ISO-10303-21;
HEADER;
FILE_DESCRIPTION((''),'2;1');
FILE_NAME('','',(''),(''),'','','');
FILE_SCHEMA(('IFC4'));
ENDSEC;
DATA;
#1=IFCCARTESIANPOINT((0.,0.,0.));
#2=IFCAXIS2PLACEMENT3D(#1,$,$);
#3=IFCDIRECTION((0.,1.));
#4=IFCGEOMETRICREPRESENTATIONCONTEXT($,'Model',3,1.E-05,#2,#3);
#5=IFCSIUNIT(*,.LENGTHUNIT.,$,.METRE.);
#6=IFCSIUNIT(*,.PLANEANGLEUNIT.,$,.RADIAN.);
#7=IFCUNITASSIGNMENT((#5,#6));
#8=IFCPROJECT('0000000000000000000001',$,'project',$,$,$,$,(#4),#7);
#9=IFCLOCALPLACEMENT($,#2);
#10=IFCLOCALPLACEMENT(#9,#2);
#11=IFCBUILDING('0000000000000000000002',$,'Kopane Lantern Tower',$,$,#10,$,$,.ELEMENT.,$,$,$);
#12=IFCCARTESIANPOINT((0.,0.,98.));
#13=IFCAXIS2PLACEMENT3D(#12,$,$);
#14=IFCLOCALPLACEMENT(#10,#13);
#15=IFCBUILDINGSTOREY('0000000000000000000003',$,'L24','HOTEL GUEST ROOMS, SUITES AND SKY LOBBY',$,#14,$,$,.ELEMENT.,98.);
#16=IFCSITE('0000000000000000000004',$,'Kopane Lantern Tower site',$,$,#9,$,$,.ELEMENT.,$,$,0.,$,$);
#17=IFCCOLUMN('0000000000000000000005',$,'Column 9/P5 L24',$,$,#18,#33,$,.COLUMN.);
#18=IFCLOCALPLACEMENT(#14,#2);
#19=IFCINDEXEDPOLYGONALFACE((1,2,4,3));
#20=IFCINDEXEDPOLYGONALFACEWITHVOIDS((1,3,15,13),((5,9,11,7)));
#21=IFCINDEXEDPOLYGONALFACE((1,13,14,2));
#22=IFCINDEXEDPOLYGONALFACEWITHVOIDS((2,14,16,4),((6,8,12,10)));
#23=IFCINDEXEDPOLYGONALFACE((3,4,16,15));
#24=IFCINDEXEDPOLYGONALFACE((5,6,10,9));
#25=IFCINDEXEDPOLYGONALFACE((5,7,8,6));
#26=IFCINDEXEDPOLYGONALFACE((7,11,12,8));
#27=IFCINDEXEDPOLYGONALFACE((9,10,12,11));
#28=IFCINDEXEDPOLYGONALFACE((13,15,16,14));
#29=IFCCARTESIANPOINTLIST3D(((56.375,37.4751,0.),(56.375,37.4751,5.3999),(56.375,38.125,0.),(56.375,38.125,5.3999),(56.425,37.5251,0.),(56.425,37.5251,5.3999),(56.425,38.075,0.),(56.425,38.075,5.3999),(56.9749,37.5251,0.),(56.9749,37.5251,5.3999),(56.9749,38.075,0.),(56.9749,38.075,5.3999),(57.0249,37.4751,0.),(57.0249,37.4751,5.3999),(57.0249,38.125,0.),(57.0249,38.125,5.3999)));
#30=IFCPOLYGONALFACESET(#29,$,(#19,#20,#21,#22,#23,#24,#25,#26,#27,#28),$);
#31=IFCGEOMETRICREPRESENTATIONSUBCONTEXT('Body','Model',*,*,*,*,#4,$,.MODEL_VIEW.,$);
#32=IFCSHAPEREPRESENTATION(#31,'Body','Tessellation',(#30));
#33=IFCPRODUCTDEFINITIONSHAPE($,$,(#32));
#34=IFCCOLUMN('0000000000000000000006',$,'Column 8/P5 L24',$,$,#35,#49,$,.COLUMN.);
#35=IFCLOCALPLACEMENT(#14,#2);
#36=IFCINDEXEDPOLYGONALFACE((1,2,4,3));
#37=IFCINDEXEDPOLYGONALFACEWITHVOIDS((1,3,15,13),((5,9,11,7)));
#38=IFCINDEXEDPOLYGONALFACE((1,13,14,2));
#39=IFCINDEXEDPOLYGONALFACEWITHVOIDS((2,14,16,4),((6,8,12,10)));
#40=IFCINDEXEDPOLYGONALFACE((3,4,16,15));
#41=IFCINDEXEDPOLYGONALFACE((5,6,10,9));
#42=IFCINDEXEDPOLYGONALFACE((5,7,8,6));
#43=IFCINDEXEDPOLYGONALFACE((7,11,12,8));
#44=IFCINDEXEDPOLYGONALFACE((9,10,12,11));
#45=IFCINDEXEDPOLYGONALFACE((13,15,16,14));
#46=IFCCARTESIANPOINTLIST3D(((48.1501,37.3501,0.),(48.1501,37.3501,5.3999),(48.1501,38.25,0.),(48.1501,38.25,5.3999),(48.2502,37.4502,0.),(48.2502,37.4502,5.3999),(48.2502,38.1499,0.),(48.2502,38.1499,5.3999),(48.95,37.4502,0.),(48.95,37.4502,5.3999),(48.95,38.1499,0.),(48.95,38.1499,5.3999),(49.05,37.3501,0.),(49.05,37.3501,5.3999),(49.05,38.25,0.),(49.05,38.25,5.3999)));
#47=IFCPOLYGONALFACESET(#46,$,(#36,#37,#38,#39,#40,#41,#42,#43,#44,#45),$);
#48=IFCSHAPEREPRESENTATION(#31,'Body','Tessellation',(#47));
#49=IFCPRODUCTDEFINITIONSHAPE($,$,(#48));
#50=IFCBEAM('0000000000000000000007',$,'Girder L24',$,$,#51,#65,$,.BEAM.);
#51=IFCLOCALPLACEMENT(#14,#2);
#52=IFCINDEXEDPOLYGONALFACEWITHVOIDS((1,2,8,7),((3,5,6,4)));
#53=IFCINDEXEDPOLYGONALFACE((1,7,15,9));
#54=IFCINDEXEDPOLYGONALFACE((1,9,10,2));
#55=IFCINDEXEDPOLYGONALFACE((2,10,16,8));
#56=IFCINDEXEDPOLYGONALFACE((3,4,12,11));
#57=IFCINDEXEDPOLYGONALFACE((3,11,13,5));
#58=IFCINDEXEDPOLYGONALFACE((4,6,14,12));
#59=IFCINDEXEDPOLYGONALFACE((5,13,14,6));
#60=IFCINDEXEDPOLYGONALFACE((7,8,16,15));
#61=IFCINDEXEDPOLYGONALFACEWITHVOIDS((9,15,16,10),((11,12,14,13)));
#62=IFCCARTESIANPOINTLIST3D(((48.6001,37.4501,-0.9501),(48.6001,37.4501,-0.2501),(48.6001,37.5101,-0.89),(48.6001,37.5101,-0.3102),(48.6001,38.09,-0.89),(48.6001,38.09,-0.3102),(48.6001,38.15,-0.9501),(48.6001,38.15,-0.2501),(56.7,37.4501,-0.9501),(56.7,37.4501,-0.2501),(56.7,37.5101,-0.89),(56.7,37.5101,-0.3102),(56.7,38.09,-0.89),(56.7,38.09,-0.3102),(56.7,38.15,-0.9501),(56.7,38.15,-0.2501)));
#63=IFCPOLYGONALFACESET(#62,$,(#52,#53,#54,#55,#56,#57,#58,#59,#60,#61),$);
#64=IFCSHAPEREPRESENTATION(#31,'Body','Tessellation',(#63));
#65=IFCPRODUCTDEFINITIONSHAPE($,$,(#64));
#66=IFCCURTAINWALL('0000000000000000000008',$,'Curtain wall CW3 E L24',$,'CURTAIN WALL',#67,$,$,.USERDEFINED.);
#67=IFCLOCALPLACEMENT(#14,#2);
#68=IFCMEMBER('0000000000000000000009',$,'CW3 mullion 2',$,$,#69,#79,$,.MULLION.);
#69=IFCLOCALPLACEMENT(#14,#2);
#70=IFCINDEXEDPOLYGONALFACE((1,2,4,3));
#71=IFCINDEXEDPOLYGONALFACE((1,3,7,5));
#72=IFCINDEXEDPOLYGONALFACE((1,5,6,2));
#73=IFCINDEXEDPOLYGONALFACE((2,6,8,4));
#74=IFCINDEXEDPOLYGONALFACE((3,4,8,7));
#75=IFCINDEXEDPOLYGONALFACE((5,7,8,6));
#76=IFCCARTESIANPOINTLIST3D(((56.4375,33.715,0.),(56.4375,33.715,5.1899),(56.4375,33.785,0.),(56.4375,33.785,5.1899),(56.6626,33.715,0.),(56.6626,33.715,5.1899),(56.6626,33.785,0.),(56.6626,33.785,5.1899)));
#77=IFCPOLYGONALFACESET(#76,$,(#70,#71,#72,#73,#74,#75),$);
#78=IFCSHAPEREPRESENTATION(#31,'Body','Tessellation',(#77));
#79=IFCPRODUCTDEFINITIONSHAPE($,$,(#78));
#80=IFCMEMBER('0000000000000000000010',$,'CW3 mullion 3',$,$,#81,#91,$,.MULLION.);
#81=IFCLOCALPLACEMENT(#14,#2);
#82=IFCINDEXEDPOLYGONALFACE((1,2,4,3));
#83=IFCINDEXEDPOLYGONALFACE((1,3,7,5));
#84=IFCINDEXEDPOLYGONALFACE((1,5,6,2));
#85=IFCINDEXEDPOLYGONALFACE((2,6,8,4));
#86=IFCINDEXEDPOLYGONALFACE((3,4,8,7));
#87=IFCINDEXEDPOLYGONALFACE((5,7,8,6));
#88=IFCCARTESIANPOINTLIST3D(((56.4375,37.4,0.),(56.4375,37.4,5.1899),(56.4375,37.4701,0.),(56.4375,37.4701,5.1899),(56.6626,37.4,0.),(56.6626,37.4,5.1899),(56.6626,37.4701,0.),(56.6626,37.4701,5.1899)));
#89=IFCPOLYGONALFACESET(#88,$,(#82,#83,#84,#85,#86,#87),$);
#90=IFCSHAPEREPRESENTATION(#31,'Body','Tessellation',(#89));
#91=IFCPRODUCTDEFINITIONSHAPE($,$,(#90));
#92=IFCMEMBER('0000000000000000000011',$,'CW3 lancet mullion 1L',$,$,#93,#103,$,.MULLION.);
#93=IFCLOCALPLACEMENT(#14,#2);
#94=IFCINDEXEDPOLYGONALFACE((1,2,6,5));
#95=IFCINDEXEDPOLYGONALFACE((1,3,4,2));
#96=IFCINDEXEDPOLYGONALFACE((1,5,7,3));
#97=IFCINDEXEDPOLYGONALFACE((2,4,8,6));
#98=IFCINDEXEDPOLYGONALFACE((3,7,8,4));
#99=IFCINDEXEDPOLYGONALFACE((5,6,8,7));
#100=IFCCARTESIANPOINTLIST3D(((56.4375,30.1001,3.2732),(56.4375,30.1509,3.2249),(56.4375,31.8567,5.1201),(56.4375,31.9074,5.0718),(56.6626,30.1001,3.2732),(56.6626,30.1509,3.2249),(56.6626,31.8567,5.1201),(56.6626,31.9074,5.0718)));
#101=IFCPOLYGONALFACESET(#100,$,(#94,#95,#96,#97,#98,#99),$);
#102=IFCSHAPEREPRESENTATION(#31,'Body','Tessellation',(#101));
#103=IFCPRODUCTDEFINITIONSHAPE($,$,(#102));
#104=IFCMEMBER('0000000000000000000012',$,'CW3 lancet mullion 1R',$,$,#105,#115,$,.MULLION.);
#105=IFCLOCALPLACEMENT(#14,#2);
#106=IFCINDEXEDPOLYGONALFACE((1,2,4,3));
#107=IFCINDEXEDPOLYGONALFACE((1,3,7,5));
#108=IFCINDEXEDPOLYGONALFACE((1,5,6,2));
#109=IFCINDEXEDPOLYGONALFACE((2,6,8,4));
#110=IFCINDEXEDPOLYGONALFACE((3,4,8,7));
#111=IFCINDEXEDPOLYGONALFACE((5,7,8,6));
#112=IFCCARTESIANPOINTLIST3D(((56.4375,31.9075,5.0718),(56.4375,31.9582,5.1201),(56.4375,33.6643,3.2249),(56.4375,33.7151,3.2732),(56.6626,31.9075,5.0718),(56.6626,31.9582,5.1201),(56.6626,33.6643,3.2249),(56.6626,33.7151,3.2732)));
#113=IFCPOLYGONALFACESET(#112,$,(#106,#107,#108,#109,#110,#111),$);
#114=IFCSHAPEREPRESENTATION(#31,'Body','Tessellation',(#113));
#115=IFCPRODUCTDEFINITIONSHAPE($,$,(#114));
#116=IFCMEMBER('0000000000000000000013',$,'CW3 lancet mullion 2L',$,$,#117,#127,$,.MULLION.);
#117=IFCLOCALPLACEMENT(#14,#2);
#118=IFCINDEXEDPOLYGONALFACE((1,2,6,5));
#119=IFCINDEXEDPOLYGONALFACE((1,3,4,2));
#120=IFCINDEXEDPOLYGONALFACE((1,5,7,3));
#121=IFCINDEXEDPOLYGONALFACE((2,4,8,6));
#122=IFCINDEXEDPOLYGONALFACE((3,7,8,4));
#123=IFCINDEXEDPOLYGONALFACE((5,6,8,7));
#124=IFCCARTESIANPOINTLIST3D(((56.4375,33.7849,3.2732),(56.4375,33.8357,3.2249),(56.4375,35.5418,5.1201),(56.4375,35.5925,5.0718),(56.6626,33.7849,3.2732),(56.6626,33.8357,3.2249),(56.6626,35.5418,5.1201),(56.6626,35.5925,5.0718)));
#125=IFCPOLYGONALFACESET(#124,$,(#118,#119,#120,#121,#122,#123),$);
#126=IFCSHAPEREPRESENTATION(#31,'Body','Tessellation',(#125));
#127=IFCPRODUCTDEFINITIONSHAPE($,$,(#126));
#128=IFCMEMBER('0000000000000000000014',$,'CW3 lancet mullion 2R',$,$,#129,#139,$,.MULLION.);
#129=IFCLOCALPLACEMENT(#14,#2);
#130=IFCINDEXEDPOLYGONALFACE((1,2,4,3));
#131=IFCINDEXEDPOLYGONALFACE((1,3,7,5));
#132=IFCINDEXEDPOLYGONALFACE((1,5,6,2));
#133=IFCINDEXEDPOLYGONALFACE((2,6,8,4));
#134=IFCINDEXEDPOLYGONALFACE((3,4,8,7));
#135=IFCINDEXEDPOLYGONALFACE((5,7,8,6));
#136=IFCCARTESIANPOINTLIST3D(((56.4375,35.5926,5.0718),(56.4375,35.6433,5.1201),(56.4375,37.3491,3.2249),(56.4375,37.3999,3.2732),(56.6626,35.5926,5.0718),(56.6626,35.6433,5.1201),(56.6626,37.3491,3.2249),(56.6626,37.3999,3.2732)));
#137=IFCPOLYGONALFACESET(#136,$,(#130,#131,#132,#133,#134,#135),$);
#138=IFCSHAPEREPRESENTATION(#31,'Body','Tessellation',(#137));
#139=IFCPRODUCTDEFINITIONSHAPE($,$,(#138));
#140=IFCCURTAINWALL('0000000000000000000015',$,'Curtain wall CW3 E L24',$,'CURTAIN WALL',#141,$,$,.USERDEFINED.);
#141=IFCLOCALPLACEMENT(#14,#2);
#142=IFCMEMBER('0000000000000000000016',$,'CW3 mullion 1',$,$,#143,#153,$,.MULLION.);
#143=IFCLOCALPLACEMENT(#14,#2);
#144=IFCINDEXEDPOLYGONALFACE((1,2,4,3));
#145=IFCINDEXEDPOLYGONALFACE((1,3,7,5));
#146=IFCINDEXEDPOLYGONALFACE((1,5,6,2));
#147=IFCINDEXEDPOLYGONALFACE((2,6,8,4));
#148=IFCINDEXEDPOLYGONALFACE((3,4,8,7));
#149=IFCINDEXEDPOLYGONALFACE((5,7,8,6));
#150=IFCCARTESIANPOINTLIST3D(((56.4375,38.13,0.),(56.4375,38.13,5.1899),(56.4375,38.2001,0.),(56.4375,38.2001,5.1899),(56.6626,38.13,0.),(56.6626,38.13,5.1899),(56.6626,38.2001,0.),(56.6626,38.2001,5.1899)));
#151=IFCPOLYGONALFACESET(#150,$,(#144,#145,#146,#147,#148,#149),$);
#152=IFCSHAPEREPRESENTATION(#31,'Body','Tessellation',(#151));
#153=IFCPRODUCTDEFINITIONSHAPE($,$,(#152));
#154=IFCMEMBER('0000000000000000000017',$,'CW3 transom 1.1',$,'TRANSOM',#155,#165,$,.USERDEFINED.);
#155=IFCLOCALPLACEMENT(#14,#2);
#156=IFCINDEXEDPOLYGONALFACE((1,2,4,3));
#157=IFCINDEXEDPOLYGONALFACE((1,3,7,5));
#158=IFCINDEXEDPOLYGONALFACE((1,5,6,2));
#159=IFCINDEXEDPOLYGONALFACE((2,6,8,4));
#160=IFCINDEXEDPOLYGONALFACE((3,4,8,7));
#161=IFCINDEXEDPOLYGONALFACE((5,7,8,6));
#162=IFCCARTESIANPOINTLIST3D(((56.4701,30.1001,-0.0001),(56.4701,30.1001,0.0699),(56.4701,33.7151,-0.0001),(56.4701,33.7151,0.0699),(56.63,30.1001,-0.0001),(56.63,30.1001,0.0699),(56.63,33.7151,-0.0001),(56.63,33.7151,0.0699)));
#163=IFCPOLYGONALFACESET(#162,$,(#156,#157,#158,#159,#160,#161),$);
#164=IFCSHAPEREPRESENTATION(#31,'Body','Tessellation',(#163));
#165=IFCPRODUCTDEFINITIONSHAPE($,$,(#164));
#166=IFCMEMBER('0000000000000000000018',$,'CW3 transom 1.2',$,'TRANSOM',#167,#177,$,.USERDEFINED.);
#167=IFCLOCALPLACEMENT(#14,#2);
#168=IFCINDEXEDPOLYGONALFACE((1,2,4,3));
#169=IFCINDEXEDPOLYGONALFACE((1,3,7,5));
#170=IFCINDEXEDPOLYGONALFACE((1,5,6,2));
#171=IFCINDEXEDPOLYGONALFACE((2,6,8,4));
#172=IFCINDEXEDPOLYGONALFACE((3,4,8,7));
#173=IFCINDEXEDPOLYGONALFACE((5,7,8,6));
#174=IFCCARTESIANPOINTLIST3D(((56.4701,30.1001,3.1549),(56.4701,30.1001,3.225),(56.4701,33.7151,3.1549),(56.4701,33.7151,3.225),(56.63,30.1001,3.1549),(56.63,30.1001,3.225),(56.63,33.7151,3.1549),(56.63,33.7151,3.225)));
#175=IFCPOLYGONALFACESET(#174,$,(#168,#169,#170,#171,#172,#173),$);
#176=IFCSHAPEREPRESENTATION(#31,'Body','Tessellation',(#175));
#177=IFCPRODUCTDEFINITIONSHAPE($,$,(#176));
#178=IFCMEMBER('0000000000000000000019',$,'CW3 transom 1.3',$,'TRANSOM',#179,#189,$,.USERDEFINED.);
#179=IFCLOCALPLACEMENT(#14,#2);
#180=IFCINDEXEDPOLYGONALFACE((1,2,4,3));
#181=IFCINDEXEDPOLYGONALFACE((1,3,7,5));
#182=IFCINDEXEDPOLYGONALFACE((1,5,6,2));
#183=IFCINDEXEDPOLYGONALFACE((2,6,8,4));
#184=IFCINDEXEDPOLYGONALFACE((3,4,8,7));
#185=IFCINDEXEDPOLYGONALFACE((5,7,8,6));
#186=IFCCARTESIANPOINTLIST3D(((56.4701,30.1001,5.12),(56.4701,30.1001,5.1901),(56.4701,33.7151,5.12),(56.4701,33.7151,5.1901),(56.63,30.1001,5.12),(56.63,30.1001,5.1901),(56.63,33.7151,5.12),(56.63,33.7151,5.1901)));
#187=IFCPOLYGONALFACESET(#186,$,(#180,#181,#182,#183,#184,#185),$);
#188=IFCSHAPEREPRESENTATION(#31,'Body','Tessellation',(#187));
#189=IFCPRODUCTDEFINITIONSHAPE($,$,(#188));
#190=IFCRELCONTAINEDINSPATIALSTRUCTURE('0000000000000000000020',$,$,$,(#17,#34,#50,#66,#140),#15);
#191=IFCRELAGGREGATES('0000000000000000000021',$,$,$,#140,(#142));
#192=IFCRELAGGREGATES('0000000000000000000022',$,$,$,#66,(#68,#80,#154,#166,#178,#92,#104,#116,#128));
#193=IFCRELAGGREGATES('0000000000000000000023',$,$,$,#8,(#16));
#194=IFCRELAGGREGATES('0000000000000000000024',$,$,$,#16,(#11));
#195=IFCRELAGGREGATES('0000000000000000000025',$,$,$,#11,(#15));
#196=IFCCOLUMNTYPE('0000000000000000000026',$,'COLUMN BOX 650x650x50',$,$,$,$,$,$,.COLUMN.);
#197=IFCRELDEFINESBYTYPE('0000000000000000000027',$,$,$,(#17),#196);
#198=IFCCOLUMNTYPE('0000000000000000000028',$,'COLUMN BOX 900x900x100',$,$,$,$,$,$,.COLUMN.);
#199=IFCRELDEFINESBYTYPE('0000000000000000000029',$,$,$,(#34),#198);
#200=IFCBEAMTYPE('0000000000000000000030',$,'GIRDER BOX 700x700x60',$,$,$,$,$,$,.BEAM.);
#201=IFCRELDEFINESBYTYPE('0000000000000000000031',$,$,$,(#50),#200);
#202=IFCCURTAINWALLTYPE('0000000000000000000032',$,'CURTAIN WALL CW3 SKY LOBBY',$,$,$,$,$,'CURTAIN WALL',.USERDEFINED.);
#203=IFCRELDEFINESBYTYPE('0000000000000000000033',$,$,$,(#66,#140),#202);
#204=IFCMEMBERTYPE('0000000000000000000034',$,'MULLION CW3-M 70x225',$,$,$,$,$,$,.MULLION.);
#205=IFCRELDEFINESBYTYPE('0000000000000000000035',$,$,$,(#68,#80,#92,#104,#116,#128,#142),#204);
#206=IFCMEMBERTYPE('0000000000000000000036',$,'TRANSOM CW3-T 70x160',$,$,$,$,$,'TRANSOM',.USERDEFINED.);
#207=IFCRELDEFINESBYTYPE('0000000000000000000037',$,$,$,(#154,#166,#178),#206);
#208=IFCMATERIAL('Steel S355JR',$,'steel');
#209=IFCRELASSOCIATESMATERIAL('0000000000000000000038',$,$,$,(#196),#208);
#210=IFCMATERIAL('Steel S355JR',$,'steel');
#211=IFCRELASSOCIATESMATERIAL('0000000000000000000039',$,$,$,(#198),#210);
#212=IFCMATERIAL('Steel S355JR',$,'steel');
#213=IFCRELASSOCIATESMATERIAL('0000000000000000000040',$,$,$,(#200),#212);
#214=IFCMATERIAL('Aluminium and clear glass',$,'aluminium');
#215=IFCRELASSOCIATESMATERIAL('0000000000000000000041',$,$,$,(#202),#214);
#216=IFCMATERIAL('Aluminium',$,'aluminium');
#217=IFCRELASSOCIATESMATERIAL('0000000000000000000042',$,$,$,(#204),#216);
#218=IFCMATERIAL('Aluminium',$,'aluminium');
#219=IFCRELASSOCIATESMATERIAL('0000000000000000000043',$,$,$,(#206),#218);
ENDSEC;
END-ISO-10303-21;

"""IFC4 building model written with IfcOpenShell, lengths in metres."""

from ifc_helpers import new_model, si_unit, direction, frame, origin, origin_2d, place, context, subcontext, project, spatial, rectangle, hollow_rectangle, extrude, material, material_profile, profile_set, type_object, element, aggregate, save


model = new_model("IFC4")

# Units and contexts
model_context = context("Model", 3, precision=1e-05, world=origin(), true_north=direction((0.0, 1.0)))
body_context = subcontext(model_context, "Body", "Model", "MODEL_VIEW")
ifc_project = project(units=[si_unit("LENGTHUNIT", "METRE"), si_unit("PLANEANGLEUNIT", "RADIAN")], contexts=[model_context])

# Site, building, storey
site_placement = place(None, origin())
site = spatial("IfcSite", under=ifc_project, at=site_placement, Name="Kopane Lantern Tower site", CompositionType="ELEMENT", RefElevation=0.0)
building_placement = place(site_placement, origin())
building = spatial("IfcBuilding", under=site, at=building_placement, Name="Kopane Lantern Tower", CompositionType="ELEMENT")
storey_placement = place(building_placement, frame((0.0, 0.0, 98.0)))
storey = spatial("IfcBuildingStorey", under=building, at=storey_placement, Name="L24", Description="HOTEL GUEST ROOMS, SUITES AND SKY LOBBY", CompositionType="ELEMENT", Elevation=98.0)

# Columns
ifc_material_1 = material(Name="Steel S355JR", Category="steel")
ifc_material_profile_1 = material_profile(ifc_material_1, hollow_rectangle(XDim=0.6499, YDim=0.6499, WallThickness=0.05, at=origin_2d()), Name="BOX 650x650x50")
ifc_profile_set_1 = profile_set([ifc_material_profile_1], Name="Steel S355JR")
column_type_1 = type_object("IfcColumnType", Name="COLUMN BOX 650x650x50", PredefinedType="COLUMN", material=ifc_profile_set_1)
column_1_placement = place(storey_placement, frame((56.7, 37.8, 0.0), z_axis=(0.0, 0.0, 1.0), x_axis=(1.0, 0.0, 0.0)))
element("IfcColumn", 1, at=column_1_placement, inside=storey, type_object=column_type_1, Name="Column 9/P5 L24", PredefinedType="COLUMN", context=body_context, shape_type="SweptSolid", body=[
    extrude(hollow_rectangle(XDim=0.6499, YDim=0.6499, WallThickness=0.05, at=origin_2d()), origin(), (0.0, 0.0, 1.0), 5.3999),
])
ifc_material_2 = material(Name="Steel S355JR", Category="steel")
ifc_material_profile_2 = material_profile(ifc_material_2, hollow_rectangle(XDim=0.8999, YDim=0.8999, WallThickness=0.1001, at=origin_2d()), Name="BOX 900x900x100")
ifc_profile_set_2 = profile_set([ifc_material_profile_2], Name="Steel S355JR")
column_type_2 = type_object("IfcColumnType", Name="COLUMN BOX 900x900x100", PredefinedType="COLUMN", material=ifc_profile_set_2)
column_2_placement = place(storey_placement, frame((48.6001, 37.8, 0.0), z_axis=(0.0, 0.0, 1.0), x_axis=(1.0, 0.0, 0.0)))
element("IfcColumn", 2, at=column_2_placement, inside=storey, type_object=column_type_2, Name="Column 8/P5 L24", PredefinedType="COLUMN", context=body_context, shape_type="SweptSolid", body=[
    extrude(hollow_rectangle(XDim=0.8999, YDim=0.8999, WallThickness=0.1001, at=origin_2d()), origin(), (0.0, 0.0, 1.0), 5.3999),
])

# Beam
ifc_material_3 = material(Name="Steel S355JR", Category="steel")
ifc_material_profile_3 = material_profile(ifc_material_3, hollow_rectangle(XDim=0.7, YDim=0.7, WallThickness=0.0601, at=origin_2d()), Name="BOX 700x700x60")
ifc_profile_set_3 = profile_set([ifc_material_profile_3], Name="Steel S355JR")
beam_type = type_object("IfcBeamType", Name="GIRDER BOX 700x700x60", PredefinedType="BEAM", material=ifc_profile_set_3)
beam_placement = place(storey_placement, frame((48.6001, 37.8, -0.6001), z_axis=(1.0, 0.0, 0.0), x_axis=(0.0, 1.0, 0.0)))
element("IfcBeam", 3, at=beam_placement, inside=storey, type_object=beam_type, Name="Girder L24", PredefinedType="BEAM", context=body_context, shape_type="SweptSolid", body=[
    extrude(hollow_rectangle(XDim=0.7, YDim=0.7, WallThickness=0.0601, at=origin_2d()), origin(), (0.0, 0.0, 1.0), 8.0999),
])

# Curtain wall, members
ifc_material_4 = material(Name="Aluminium and clear glass", Category="aluminium")
curtain_wall_type = type_object("IfcCurtainWallType", Name="CURTAIN WALL CW3 SKY LOBBY", ElementType="CURTAIN WALL", PredefinedType="USERDEFINED", material=ifc_material_4)
curtain_wall_1_placement = place(storey_placement, origin())
curtain_wall_1 = element("IfcCurtainWall", 4, at=curtain_wall_1_placement, inside=storey, type_object=curtain_wall_type, Name="Curtain wall CW3 E L24", ObjectType="CURTAIN WALL", PredefinedType="USERDEFINED")
ifc_material_5 = material(Name="Aluminium", Category="aluminium")
ifc_material_profile_4 = material_profile(ifc_material_5, rectangle(XDim=0.0701, YDim=0.2251, at=origin_2d()), Name="AL 70x225")
ifc_profile_set_4 = profile_set([ifc_material_profile_4], Name="Aluminium")
member_type_1 = type_object("IfcMemberType", Name="MULLION CW3-M 70x225", PredefinedType="MULLION", material=ifc_profile_set_4)
member_1_placement = place(storey_placement, frame((56.55, 33.75, 0.0), z_axis=(0.0, 0.0, 1.0), x_axis=(0.0, 1.0, 0.0)))
member_1 = element("IfcMember", 5, at=member_1_placement, type_object=member_type_1, Name="CW3 mullion 2", PredefinedType="MULLION", context=body_context, shape_type="SweptSolid", body=[
    extrude(rectangle(XDim=0.0701, YDim=0.2251, at=origin_2d()), origin(), (0.0, 0.0, 1.0), 5.1899),
])
member_2_placement = place(storey_placement, frame((56.55, 37.4351, 0.0), z_axis=(0.0, 0.0, 1.0), x_axis=(0.0, 1.0, 0.0)))
member_2 = element("IfcMember", 6, at=member_2_placement, type_object=member_type_1, Name="CW3 mullion 3", PredefinedType="MULLION", context=body_context, shape_type="SweptSolid", body=[
    extrude(rectangle(XDim=0.0701, YDim=0.2251, at=origin_2d()), origin(), (0.0, 0.0, 1.0), 5.1899),
])
member_3_placement = place(storey_placement, frame((56.55, 30.1255, 3.249), z_axis=(0.0, 0.689165, 0.724605), x_axis=(0.0, -0.724605, 0.689165)))
member_3 = element("IfcMember", 7, at=member_3_placement, type_object=member_type_1, Name="CW3 lancet mullion 1L", PredefinedType="MULLION", context=body_context, shape_type="SweptSolid", body=[
    extrude(rectangle(XDim=0.0701, YDim=0.2251, at=origin_2d()), origin(), (0.0, 0.0, 1.0), 2.5488),
])
member_4_placement = place(storey_placement, frame((56.55, 33.6897, 3.249), z_axis=(0.0, -0.689215, 0.724557), x_axis=(0.0, 0.724557, 0.689215)))
member_4 = element("IfcMember", 8, at=member_4_placement, type_object=member_type_1, Name="CW3 lancet mullion 1R", PredefinedType="MULLION", context=body_context, shape_type="SweptSolid", body=[
    extrude(rectangle(XDim=0.0701, YDim=0.2251, at=origin_2d()), origin(), (0.0, 0.0, 1.0), 2.5491),
])
member_5_placement = place(storey_placement, frame((56.55, 33.8103, 3.249), z_axis=(0.0, 0.689215, 0.724557), x_axis=(0.0, -0.724557, 0.689215)))
member_5 = element("IfcMember", 9, at=member_5_placement, type_object=member_type_1, Name="CW3 lancet mullion 2L", PredefinedType="MULLION", context=body_context, shape_type="SweptSolid", body=[
    extrude(rectangle(XDim=0.0701, YDim=0.2251, at=origin_2d()), origin(), (0.0, 0.0, 1.0), 2.5491),
])
member_6_placement = place(storey_placement, frame((56.55, 37.3745, 3.249), z_axis=(0.0, -0.689165, 0.724605), x_axis=(0.0, 0.724605, 0.689165)))
member_6 = element("IfcMember", 10, at=member_6_placement, type_object=member_type_1, Name="CW3 lancet mullion 2R", PredefinedType="MULLION", context=body_context, shape_type="SweptSolid", body=[
    extrude(rectangle(XDim=0.0701, YDim=0.2251, at=origin_2d()), origin(), (0.0, 0.0, 1.0), 2.5488),
])

# Curtain wall, member
curtain_wall_2_placement = place(storey_placement, origin())
curtain_wall_2 = element("IfcCurtainWall", 11, at=curtain_wall_2_placement, inside=storey, type_object=curtain_wall_type, Name="Curtain wall CW3 E L24", ObjectType="CURTAIN WALL", PredefinedType="USERDEFINED")
member_7_placement = place(storey_placement, frame((56.55, 38.165, 0.0), z_axis=(0.0, 0.0, 1.0), x_axis=(0.0, 1.0, 0.0)))
member_7 = element("IfcMember", 12, at=member_7_placement, type_object=member_type_1, Name="CW3 mullion 1", PredefinedType="MULLION", context=body_context, shape_type="SweptSolid", body=[
    extrude(rectangle(XDim=0.0701, YDim=0.2251, at=origin_2d()), origin(), (0.0, 0.0, 1.0), 5.1899),
])
aggregate(curtain_wall_2, [member_7])

# Members
ifc_material_6 = material(Name="Aluminium", Category="aluminium")
ifc_material_profile_5 = material_profile(ifc_material_6, rectangle(XDim=0.1599, YDim=0.0701, at=origin_2d()), Name="AL 160x70")
ifc_profile_set_5 = profile_set([ifc_material_profile_5], Name="Aluminium")
member_type_2 = type_object("IfcMemberType", Name="TRANSOM CW3-T 70x160", ElementType="TRANSOM", PredefinedType="USERDEFINED", material=ifc_profile_set_5)
member_8_placement = place(storey_placement, frame((56.55, 30.1001, 0.0349), z_axis=(0.0, 1.0, 0.0), x_axis=(-1.0, 0.0, 0.0)))
member_8 = element("IfcMember", 13, at=member_8_placement, type_object=member_type_2, Name="CW3 transom 1.1", ObjectType="TRANSOM", PredefinedType="USERDEFINED", context=body_context, shape_type="SweptSolid", body=[
    extrude(rectangle(XDim=0.1599, YDim=0.0701, at=origin_2d()), origin(), (0.0, 0.0, 1.0), 3.615),
])
member_9_placement = place(storey_placement, frame((56.55, 30.1001, 3.1899), z_axis=(0.0, 1.0, 0.0), x_axis=(-1.0, 0.0, 0.0)))
member_9 = element("IfcMember", 14, at=member_9_placement, type_object=member_type_2, Name="CW3 transom 1.2", ObjectType="TRANSOM", PredefinedType="USERDEFINED", context=body_context, shape_type="SweptSolid", body=[
    extrude(rectangle(XDim=0.1599, YDim=0.0701, at=origin_2d()), origin(), (0.0, 0.0, 1.0), 3.615),
])
member_10_placement = place(storey_placement, frame((56.55, 30.1001, 5.155), z_axis=(0.0, 1.0, 0.0), x_axis=(-1.0, 0.0, 0.0)))
member_10 = element("IfcMember", 15, at=member_10_placement, type_object=member_type_2, Name="CW3 transom 1.3", ObjectType="TRANSOM", PredefinedType="USERDEFINED", context=body_context, shape_type="SweptSolid", body=[
    extrude(rectangle(XDim=0.1599, YDim=0.0701, at=origin_2d()), origin(), (0.0, 0.0, 1.0), 3.615),
])

aggregate(curtain_wall_1, [member_1, member_2, member_8, member_9, member_10, member_3, member_4, member_5, member_6])

save(model, "model.ifc")
